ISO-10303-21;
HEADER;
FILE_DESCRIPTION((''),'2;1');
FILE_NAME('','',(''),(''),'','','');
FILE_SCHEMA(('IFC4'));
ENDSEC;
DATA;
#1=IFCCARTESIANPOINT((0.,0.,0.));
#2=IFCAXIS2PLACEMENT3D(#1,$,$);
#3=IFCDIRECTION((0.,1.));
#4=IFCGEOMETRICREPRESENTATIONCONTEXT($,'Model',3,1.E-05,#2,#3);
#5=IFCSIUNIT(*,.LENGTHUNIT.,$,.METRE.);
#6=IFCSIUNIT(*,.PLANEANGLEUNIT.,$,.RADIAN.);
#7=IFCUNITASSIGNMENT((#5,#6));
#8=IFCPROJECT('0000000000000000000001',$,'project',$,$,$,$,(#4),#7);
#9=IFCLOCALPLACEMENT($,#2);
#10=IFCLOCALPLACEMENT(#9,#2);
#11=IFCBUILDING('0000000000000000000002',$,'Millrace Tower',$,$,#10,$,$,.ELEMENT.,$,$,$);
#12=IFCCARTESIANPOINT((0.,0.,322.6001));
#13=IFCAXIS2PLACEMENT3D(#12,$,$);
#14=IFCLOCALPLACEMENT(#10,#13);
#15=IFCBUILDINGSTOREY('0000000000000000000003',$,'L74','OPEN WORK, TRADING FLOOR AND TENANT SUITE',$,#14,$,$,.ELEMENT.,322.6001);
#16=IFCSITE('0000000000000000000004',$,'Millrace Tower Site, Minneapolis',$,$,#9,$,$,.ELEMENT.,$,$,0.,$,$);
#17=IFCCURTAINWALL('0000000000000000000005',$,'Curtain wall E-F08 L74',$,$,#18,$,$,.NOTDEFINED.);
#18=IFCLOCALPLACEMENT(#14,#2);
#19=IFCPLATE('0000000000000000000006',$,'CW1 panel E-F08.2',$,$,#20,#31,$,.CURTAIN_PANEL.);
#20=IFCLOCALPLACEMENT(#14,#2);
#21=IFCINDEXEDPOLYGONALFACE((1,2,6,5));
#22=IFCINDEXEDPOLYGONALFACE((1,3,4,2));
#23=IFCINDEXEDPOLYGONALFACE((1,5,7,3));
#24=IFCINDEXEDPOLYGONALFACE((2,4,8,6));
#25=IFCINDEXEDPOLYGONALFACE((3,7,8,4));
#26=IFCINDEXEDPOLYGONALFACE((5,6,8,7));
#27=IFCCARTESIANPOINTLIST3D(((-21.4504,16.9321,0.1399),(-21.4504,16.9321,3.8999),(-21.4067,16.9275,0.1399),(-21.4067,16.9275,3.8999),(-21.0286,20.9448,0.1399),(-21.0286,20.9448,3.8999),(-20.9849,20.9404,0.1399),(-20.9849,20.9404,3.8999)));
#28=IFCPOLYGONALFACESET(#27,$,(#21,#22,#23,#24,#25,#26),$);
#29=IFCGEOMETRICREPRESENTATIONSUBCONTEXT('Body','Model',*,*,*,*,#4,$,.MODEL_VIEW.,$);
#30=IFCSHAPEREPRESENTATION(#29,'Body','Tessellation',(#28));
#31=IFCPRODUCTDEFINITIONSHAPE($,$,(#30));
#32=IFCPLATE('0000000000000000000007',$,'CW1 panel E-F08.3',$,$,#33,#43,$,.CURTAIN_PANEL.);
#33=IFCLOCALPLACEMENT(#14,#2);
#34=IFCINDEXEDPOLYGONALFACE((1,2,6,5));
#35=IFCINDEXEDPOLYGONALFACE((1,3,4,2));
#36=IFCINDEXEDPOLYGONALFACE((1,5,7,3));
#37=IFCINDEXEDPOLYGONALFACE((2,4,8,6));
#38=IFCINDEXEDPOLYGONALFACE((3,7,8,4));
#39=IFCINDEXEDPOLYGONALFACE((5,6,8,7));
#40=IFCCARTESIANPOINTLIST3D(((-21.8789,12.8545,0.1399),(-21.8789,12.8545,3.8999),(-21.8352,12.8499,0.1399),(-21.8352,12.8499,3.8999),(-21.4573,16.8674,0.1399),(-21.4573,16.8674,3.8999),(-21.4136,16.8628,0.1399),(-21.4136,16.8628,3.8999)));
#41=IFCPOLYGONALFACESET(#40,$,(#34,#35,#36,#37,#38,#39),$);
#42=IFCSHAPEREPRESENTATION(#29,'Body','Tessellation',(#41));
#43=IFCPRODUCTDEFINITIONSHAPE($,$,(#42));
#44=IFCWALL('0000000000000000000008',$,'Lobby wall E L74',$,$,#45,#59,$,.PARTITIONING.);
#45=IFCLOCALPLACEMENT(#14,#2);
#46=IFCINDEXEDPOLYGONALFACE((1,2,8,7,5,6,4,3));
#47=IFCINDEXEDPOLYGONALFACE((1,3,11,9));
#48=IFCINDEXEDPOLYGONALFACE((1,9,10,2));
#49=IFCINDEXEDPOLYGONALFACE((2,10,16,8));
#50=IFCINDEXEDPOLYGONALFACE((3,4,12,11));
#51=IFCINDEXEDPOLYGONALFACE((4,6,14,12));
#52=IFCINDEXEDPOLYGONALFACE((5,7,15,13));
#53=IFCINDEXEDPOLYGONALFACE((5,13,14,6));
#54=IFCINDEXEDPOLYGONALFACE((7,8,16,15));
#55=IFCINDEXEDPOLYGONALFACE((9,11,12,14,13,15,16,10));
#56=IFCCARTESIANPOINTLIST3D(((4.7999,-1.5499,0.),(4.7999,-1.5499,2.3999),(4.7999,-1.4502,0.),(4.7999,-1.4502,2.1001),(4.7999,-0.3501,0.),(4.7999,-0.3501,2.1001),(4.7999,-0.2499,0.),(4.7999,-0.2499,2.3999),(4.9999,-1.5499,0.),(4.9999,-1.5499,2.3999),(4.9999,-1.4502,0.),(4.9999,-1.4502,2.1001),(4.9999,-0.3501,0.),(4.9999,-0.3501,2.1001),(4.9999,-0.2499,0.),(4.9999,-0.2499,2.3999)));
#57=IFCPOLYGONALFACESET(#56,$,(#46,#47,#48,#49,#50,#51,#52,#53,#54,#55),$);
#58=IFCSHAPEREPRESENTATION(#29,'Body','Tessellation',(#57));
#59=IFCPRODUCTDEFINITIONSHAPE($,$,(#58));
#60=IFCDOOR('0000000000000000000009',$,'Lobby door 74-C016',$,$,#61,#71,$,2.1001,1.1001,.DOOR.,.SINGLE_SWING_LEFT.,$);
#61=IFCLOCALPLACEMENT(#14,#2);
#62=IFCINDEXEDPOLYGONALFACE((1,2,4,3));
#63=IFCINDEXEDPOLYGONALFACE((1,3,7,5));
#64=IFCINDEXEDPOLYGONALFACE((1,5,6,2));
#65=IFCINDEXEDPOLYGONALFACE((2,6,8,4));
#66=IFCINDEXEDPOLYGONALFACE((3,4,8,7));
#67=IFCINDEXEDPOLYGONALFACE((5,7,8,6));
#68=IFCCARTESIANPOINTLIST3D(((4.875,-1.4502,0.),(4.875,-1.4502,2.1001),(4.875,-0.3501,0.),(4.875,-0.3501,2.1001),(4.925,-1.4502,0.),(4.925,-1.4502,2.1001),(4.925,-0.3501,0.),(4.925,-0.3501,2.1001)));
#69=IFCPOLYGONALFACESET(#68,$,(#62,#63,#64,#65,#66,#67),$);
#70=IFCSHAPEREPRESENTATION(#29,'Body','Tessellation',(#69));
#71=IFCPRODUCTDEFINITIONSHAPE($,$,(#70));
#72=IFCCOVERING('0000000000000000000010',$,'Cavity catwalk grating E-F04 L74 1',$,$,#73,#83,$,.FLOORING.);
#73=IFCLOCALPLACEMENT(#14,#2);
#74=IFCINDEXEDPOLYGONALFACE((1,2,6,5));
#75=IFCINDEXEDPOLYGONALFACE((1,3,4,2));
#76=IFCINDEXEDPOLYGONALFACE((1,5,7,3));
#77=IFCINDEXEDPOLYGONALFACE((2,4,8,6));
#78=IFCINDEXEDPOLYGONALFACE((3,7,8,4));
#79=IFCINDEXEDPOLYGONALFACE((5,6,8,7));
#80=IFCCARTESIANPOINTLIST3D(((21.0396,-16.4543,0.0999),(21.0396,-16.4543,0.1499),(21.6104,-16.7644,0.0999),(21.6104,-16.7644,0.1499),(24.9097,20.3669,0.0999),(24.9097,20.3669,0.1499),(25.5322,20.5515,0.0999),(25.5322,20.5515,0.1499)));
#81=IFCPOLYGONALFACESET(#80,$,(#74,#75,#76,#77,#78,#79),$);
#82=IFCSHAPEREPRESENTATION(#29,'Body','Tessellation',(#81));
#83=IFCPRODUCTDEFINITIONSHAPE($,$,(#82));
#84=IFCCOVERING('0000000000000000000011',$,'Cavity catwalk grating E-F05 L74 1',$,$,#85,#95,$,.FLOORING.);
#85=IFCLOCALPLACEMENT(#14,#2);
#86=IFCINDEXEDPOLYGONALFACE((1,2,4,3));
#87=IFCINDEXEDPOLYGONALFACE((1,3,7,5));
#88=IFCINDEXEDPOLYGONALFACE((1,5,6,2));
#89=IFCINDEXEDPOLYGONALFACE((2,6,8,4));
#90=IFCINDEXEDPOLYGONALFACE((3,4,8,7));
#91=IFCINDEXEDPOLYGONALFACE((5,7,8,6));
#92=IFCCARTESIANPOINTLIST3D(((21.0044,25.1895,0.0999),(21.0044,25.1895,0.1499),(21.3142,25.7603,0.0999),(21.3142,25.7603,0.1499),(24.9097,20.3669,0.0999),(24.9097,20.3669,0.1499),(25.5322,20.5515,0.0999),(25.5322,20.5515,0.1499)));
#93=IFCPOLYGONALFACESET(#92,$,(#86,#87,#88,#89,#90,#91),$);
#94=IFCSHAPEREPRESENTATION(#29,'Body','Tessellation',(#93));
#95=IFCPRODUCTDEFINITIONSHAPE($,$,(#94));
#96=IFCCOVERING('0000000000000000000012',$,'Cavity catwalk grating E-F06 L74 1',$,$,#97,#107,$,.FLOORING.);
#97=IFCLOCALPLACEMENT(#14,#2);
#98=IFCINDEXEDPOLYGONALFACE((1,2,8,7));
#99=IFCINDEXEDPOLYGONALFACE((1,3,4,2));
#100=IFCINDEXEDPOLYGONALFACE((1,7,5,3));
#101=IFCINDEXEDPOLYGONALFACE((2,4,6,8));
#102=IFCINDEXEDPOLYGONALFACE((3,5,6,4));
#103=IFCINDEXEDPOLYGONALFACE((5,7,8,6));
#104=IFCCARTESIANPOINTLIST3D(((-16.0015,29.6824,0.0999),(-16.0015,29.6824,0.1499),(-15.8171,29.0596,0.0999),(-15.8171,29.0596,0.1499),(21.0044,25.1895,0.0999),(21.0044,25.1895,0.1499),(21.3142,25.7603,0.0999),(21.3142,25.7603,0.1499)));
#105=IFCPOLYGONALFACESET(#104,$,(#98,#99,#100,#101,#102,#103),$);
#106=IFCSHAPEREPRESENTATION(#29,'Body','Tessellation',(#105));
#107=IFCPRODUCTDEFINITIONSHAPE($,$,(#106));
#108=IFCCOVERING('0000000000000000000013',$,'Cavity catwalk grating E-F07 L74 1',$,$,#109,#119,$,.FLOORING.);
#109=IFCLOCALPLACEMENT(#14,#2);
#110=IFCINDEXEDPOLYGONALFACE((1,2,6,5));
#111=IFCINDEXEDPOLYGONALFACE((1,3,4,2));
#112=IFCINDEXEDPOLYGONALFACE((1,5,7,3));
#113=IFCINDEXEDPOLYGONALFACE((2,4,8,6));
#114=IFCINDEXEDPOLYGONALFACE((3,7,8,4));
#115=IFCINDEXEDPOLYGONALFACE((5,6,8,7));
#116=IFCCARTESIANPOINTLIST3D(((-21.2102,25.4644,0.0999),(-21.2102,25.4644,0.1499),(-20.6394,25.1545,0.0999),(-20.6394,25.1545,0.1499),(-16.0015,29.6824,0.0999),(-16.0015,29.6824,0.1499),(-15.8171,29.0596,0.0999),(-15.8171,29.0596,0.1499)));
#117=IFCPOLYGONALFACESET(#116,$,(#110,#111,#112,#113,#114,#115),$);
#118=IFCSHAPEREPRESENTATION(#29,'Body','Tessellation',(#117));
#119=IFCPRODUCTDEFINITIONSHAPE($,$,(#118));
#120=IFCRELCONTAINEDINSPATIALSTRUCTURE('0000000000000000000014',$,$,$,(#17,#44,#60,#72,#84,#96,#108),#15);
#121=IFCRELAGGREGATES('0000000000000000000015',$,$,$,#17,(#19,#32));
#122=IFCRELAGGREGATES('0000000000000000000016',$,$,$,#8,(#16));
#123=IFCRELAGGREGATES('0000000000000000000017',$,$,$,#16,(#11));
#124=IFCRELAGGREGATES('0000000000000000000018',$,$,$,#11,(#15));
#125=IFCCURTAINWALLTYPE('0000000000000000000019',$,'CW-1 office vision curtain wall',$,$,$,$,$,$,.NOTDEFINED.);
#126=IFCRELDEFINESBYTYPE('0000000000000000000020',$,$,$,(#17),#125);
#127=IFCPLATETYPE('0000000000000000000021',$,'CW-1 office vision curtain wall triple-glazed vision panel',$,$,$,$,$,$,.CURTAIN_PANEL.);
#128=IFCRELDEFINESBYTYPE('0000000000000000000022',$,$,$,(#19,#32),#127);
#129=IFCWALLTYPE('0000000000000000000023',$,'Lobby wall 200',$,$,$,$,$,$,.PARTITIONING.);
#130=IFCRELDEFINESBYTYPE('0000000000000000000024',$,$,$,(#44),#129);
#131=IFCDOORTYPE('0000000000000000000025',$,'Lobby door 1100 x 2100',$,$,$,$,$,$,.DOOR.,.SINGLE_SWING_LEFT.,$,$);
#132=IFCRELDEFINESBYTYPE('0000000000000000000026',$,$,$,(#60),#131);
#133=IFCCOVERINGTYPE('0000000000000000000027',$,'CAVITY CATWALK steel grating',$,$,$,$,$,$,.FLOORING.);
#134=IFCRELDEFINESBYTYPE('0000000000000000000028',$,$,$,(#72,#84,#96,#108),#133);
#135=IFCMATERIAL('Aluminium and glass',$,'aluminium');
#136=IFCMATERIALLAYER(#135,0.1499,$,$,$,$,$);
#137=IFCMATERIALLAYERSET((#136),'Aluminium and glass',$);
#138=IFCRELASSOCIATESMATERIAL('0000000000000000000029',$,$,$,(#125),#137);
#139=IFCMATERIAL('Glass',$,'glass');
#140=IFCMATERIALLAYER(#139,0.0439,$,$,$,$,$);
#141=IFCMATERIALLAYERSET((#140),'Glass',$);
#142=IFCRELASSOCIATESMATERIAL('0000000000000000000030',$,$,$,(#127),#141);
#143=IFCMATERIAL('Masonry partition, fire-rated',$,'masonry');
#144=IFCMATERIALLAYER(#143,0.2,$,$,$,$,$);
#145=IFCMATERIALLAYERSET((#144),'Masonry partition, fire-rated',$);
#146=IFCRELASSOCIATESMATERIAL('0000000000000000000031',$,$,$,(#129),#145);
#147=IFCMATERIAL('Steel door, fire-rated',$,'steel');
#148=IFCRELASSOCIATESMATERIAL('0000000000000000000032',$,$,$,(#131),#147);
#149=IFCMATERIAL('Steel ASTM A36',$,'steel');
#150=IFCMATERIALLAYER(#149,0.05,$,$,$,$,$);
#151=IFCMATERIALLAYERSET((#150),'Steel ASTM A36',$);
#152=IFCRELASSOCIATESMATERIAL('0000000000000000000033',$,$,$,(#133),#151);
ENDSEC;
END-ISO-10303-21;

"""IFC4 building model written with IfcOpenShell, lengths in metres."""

from ifc_helpers import new_model, si_unit, direction, frame, frame_2d, origin, place, context, subcontext, project, spatial, polyline, rectangle, outline, extrude, material, layer, layer_set, type_object, element, fill, aggregate, save


model = new_model("IFC4")

# Units and contexts
model_context = context("Model", 3, precision=1e-05, world=origin(), true_north=direction((0.0, 1.0)))
body_context = subcontext(model_context, "Body", "Model", "MODEL_VIEW")
ifc_project = project(units=[si_unit("LENGTHUNIT", "METRE"), si_unit("PLANEANGLEUNIT", "RADIAN")], contexts=[model_context])

# Site, building, storey
site_placement = place(None, origin())
site = spatial("IfcSite", under=ifc_project, at=site_placement, Name="Millrace Tower Site, Minneapolis", CompositionType="ELEMENT", RefElevation=0.0)
building_placement = place(site_placement, origin())
building = spatial("IfcBuilding", under=site, at=building_placement, Name="Millrace Tower", CompositionType="ELEMENT")
storey_placement = place(building_placement, frame((0.0, 0.0, 322.6001)))
storey = spatial("IfcBuildingStorey", under=building, at=storey_placement, Name="L74", Description="OPEN WORK, TRADING FLOOR AND TENANT SUITE", CompositionType="ELEMENT", Elevation=322.6001)

# Shared definitions
ifc_material_1 = material(Name="Aluminium and glass", Category="aluminium")
ifc_layer_1 = layer(ifc_material_1, 0.1499)
ifc_layer_set_1 = layer_set([ifc_layer_1], Name="Aluminium and glass")
curtain_wall_type = type_object("IfcCurtainWallType", Name="CW-1 office vision curtain wall", PredefinedType="NOTDEFINED", material=ifc_layer_set_1)
placement_1 = place(storey_placement, origin())
ifc_material_2 = material(Name="Glass", Category="glass")
ifc_layer_2 = layer(ifc_material_2, 0.0439)
ifc_layer_set_2 = layer_set([ifc_layer_2], Name="Glass")
plate_type = type_object("IfcPlateType", Name="CW-1 office vision curtain wall triple-glazed vision panel", PredefinedType="CURTAIN_PANEL", material=ifc_layer_set_2)
placement_2 = place(storey_placement, frame((0.0, 0.0, 0.1399)))

# Curtain wall, plates
curtain_wall_1 = element("IfcCurtainWall", 1, at=placement_1, inside=storey, type_object=curtain_wall_type, Name="Curtain wall E-F08 L74", PredefinedType="NOTDEFINED")
plate_1 = element("IfcPlate", 2, at=placement_2, type_object=plate_type, Name="CW1 panel E-F08.2", PredefinedType="CURTAIN_PANEL", context=body_context, shape_type="SweptSolid", body=[
    extrude(outline(polyline([(-21.0286, 20.9448), (-21.4504, 16.9321), (-21.4067, 16.9275), (-20.9849, 20.9404), (-21.0286, 20.9448)])), origin(), (0.0, 0.0, 1.0), 3.76),
])
plate_2 = element("IfcPlate", 3, at=placement_2, type_object=plate_type, Name="CW1 panel E-F08.3", PredefinedType="CURTAIN_PANEL", context=body_context, shape_type="SweptSolid", body=[
    extrude(outline(polyline([(-21.4573, 16.8674), (-21.8789, 12.8545), (-21.8352, 12.8499), (-21.4136, 16.8628), (-21.4573, 16.8674)])), origin(), (0.0, 0.0, 1.0), 3.76),
])
aggregate(curtain_wall_1, [plate_1, plate_2])

# Wall, opening, door
ifc_material_3 = material(Name="Masonry partition, fire-rated", Category="masonry")
ifc_layer_3 = layer(ifc_material_3, 0.2)
ifc_layer_set_3 = layer_set([ifc_layer_3], Name="Masonry partition, fire-rated")
wall_type = type_object("IfcWallType", Name="Lobby wall 200", PredefinedType="PARTITIONING", material=ifc_layer_set_3)
wall_placement = place(storey_placement, frame((4.8999, -0.25, 0.0), z_axis=(0.0, 0.0, 1.0), x_axis=(0.0, -1.0, 0.0)))
wall = element("IfcWall", 4, at=wall_placement, inside=storey, type_object=wall_type, Name="Lobby wall E L74", PredefinedType="PARTITIONING", context=body_context, shape_type="SweptSolid", body=[
    extrude(rectangle(XDim=1.3, YDim=0.2, at=frame_2d((0.6499, 0.0))), origin(), (0.0, 0.0, 1.0), 2.3999),
])
opening_placement = place(wall_placement, frame((0.1001, 0.0, 0.0)))
opening = element("IfcOpeningElement", 5, at=opening_placement, cuts=wall, PredefinedType="OPENING", context=body_context, shape_type="SweptSolid", body=[
    extrude(rectangle(XDim=1.1001, YDim=2.1001, at=frame_2d((0.55, 1.05))), frame((0.0, 0.1099, 0.0), z_axis=(0.0, -1.0, 0.0), x_axis=(1.0, 0.0, 0.0)), (0.0, 0.0, 1.0), 0.22),
])
ifc_material_4 = material(Name="Steel door, fire-rated", Category="steel")
door_type = type_object("IfcDoorType", Name="Lobby door 1100 x 2100", OperationType="SINGLE_SWING_LEFT", PredefinedType="DOOR", material=ifc_material_4)
door_placement = place(opening_placement, frame((1.1001, 0.0, 0.0), z_axis=(0.0, 0.0, 1.0), x_axis=(-1.0, 0.0, 0.0)))
door = element("IfcDoor", 6, at=door_placement, inside=storey, type_object=door_type, Name="Lobby door 74-C016", OperationType="SINGLE_SWING_LEFT", OverallHeight=2.1001, OverallWidth=1.1001, PredefinedType="DOOR", context=body_context, shape_type="SweptSolid", body=[
    extrude(rectangle(XDim=1.1001, YDim=2.1001, at=frame_2d((0.55, 1.05))), frame((0.0, 0.0249, 0.0), z_axis=(0.0, -1.0, 0.0), x_axis=(1.0, 0.0, 0.0)), (0.0, 0.0, 1.0), 0.05),
])
fill(opening, door)

# Coverings
ifc_material_5 = material(Name="Steel ASTM A36", Category="steel")
ifc_layer_4 = layer(ifc_material_5, 0.05)
ifc_layer_set_4 = layer_set([ifc_layer_4], Name="Steel ASTM A36")
covering_type = type_object("IfcCoveringType", Name="CAVITY CATWALK steel grating", PredefinedType="FLOORING", material=ifc_layer_set_4)
placement_3 = place(storey_placement, frame((0.0, 0.0, 0.0999)))
element("IfcCovering", 7, at=placement_3, inside=storey, type_object=covering_type, Name="Cavity catwalk grating E-F04 L74 1", PredefinedType="FLOORING", context=body_context, shape_type="SweptSolid", body=[
    extrude(outline(polyline([(21.6104, -16.7644), (25.5322, 20.5515), (24.9097, 20.3669), (21.0396, -16.4543), (21.6104, -16.7644)])), origin(), (0.0, 0.0, 1.0), 0.05),
])
element("IfcCovering", 8, at=placement_3, inside=storey, type_object=covering_type, Name="Cavity catwalk grating E-F05 L74 1", PredefinedType="FLOORING", context=body_context, shape_type="SweptSolid", body=[
    extrude(outline(polyline([(25.5322, 20.5515), (21.3142, 25.7603), (21.0044, 25.1895), (24.9097, 20.3669), (25.5322, 20.5515)])), origin(), (0.0, 0.0, 1.0), 0.05),
])
element("IfcCovering", 9, at=placement_3, inside=storey, type_object=covering_type, Name="Cavity catwalk grating E-F06 L74 1", PredefinedType="FLOORING", context=body_context, shape_type="SweptSolid", body=[
    extrude(outline(polyline([(21.3142, 25.7603), (-16.0015, 29.6824), (-15.8171, 29.0596), (21.0044, 25.1895), (21.3142, 25.7603)])), origin(), (0.0, 0.0, 1.0), 0.05),
])
element("IfcCovering", 10, at=placement_3, inside=storey, type_object=covering_type, Name="Cavity catwalk grating E-F07 L74 1", PredefinedType="FLOORING", context=body_context, shape_type="SweptSolid", body=[
    extrude(outline(polyline([(-16.0015, 29.6824), (-21.2102, 25.4644), (-20.6394, 25.1545), (-15.8171, 29.0596), (-16.0015, 29.6824)])), origin(), (0.0, 0.0, 1.0), 0.05),
])

save(model, "model.ifc")
